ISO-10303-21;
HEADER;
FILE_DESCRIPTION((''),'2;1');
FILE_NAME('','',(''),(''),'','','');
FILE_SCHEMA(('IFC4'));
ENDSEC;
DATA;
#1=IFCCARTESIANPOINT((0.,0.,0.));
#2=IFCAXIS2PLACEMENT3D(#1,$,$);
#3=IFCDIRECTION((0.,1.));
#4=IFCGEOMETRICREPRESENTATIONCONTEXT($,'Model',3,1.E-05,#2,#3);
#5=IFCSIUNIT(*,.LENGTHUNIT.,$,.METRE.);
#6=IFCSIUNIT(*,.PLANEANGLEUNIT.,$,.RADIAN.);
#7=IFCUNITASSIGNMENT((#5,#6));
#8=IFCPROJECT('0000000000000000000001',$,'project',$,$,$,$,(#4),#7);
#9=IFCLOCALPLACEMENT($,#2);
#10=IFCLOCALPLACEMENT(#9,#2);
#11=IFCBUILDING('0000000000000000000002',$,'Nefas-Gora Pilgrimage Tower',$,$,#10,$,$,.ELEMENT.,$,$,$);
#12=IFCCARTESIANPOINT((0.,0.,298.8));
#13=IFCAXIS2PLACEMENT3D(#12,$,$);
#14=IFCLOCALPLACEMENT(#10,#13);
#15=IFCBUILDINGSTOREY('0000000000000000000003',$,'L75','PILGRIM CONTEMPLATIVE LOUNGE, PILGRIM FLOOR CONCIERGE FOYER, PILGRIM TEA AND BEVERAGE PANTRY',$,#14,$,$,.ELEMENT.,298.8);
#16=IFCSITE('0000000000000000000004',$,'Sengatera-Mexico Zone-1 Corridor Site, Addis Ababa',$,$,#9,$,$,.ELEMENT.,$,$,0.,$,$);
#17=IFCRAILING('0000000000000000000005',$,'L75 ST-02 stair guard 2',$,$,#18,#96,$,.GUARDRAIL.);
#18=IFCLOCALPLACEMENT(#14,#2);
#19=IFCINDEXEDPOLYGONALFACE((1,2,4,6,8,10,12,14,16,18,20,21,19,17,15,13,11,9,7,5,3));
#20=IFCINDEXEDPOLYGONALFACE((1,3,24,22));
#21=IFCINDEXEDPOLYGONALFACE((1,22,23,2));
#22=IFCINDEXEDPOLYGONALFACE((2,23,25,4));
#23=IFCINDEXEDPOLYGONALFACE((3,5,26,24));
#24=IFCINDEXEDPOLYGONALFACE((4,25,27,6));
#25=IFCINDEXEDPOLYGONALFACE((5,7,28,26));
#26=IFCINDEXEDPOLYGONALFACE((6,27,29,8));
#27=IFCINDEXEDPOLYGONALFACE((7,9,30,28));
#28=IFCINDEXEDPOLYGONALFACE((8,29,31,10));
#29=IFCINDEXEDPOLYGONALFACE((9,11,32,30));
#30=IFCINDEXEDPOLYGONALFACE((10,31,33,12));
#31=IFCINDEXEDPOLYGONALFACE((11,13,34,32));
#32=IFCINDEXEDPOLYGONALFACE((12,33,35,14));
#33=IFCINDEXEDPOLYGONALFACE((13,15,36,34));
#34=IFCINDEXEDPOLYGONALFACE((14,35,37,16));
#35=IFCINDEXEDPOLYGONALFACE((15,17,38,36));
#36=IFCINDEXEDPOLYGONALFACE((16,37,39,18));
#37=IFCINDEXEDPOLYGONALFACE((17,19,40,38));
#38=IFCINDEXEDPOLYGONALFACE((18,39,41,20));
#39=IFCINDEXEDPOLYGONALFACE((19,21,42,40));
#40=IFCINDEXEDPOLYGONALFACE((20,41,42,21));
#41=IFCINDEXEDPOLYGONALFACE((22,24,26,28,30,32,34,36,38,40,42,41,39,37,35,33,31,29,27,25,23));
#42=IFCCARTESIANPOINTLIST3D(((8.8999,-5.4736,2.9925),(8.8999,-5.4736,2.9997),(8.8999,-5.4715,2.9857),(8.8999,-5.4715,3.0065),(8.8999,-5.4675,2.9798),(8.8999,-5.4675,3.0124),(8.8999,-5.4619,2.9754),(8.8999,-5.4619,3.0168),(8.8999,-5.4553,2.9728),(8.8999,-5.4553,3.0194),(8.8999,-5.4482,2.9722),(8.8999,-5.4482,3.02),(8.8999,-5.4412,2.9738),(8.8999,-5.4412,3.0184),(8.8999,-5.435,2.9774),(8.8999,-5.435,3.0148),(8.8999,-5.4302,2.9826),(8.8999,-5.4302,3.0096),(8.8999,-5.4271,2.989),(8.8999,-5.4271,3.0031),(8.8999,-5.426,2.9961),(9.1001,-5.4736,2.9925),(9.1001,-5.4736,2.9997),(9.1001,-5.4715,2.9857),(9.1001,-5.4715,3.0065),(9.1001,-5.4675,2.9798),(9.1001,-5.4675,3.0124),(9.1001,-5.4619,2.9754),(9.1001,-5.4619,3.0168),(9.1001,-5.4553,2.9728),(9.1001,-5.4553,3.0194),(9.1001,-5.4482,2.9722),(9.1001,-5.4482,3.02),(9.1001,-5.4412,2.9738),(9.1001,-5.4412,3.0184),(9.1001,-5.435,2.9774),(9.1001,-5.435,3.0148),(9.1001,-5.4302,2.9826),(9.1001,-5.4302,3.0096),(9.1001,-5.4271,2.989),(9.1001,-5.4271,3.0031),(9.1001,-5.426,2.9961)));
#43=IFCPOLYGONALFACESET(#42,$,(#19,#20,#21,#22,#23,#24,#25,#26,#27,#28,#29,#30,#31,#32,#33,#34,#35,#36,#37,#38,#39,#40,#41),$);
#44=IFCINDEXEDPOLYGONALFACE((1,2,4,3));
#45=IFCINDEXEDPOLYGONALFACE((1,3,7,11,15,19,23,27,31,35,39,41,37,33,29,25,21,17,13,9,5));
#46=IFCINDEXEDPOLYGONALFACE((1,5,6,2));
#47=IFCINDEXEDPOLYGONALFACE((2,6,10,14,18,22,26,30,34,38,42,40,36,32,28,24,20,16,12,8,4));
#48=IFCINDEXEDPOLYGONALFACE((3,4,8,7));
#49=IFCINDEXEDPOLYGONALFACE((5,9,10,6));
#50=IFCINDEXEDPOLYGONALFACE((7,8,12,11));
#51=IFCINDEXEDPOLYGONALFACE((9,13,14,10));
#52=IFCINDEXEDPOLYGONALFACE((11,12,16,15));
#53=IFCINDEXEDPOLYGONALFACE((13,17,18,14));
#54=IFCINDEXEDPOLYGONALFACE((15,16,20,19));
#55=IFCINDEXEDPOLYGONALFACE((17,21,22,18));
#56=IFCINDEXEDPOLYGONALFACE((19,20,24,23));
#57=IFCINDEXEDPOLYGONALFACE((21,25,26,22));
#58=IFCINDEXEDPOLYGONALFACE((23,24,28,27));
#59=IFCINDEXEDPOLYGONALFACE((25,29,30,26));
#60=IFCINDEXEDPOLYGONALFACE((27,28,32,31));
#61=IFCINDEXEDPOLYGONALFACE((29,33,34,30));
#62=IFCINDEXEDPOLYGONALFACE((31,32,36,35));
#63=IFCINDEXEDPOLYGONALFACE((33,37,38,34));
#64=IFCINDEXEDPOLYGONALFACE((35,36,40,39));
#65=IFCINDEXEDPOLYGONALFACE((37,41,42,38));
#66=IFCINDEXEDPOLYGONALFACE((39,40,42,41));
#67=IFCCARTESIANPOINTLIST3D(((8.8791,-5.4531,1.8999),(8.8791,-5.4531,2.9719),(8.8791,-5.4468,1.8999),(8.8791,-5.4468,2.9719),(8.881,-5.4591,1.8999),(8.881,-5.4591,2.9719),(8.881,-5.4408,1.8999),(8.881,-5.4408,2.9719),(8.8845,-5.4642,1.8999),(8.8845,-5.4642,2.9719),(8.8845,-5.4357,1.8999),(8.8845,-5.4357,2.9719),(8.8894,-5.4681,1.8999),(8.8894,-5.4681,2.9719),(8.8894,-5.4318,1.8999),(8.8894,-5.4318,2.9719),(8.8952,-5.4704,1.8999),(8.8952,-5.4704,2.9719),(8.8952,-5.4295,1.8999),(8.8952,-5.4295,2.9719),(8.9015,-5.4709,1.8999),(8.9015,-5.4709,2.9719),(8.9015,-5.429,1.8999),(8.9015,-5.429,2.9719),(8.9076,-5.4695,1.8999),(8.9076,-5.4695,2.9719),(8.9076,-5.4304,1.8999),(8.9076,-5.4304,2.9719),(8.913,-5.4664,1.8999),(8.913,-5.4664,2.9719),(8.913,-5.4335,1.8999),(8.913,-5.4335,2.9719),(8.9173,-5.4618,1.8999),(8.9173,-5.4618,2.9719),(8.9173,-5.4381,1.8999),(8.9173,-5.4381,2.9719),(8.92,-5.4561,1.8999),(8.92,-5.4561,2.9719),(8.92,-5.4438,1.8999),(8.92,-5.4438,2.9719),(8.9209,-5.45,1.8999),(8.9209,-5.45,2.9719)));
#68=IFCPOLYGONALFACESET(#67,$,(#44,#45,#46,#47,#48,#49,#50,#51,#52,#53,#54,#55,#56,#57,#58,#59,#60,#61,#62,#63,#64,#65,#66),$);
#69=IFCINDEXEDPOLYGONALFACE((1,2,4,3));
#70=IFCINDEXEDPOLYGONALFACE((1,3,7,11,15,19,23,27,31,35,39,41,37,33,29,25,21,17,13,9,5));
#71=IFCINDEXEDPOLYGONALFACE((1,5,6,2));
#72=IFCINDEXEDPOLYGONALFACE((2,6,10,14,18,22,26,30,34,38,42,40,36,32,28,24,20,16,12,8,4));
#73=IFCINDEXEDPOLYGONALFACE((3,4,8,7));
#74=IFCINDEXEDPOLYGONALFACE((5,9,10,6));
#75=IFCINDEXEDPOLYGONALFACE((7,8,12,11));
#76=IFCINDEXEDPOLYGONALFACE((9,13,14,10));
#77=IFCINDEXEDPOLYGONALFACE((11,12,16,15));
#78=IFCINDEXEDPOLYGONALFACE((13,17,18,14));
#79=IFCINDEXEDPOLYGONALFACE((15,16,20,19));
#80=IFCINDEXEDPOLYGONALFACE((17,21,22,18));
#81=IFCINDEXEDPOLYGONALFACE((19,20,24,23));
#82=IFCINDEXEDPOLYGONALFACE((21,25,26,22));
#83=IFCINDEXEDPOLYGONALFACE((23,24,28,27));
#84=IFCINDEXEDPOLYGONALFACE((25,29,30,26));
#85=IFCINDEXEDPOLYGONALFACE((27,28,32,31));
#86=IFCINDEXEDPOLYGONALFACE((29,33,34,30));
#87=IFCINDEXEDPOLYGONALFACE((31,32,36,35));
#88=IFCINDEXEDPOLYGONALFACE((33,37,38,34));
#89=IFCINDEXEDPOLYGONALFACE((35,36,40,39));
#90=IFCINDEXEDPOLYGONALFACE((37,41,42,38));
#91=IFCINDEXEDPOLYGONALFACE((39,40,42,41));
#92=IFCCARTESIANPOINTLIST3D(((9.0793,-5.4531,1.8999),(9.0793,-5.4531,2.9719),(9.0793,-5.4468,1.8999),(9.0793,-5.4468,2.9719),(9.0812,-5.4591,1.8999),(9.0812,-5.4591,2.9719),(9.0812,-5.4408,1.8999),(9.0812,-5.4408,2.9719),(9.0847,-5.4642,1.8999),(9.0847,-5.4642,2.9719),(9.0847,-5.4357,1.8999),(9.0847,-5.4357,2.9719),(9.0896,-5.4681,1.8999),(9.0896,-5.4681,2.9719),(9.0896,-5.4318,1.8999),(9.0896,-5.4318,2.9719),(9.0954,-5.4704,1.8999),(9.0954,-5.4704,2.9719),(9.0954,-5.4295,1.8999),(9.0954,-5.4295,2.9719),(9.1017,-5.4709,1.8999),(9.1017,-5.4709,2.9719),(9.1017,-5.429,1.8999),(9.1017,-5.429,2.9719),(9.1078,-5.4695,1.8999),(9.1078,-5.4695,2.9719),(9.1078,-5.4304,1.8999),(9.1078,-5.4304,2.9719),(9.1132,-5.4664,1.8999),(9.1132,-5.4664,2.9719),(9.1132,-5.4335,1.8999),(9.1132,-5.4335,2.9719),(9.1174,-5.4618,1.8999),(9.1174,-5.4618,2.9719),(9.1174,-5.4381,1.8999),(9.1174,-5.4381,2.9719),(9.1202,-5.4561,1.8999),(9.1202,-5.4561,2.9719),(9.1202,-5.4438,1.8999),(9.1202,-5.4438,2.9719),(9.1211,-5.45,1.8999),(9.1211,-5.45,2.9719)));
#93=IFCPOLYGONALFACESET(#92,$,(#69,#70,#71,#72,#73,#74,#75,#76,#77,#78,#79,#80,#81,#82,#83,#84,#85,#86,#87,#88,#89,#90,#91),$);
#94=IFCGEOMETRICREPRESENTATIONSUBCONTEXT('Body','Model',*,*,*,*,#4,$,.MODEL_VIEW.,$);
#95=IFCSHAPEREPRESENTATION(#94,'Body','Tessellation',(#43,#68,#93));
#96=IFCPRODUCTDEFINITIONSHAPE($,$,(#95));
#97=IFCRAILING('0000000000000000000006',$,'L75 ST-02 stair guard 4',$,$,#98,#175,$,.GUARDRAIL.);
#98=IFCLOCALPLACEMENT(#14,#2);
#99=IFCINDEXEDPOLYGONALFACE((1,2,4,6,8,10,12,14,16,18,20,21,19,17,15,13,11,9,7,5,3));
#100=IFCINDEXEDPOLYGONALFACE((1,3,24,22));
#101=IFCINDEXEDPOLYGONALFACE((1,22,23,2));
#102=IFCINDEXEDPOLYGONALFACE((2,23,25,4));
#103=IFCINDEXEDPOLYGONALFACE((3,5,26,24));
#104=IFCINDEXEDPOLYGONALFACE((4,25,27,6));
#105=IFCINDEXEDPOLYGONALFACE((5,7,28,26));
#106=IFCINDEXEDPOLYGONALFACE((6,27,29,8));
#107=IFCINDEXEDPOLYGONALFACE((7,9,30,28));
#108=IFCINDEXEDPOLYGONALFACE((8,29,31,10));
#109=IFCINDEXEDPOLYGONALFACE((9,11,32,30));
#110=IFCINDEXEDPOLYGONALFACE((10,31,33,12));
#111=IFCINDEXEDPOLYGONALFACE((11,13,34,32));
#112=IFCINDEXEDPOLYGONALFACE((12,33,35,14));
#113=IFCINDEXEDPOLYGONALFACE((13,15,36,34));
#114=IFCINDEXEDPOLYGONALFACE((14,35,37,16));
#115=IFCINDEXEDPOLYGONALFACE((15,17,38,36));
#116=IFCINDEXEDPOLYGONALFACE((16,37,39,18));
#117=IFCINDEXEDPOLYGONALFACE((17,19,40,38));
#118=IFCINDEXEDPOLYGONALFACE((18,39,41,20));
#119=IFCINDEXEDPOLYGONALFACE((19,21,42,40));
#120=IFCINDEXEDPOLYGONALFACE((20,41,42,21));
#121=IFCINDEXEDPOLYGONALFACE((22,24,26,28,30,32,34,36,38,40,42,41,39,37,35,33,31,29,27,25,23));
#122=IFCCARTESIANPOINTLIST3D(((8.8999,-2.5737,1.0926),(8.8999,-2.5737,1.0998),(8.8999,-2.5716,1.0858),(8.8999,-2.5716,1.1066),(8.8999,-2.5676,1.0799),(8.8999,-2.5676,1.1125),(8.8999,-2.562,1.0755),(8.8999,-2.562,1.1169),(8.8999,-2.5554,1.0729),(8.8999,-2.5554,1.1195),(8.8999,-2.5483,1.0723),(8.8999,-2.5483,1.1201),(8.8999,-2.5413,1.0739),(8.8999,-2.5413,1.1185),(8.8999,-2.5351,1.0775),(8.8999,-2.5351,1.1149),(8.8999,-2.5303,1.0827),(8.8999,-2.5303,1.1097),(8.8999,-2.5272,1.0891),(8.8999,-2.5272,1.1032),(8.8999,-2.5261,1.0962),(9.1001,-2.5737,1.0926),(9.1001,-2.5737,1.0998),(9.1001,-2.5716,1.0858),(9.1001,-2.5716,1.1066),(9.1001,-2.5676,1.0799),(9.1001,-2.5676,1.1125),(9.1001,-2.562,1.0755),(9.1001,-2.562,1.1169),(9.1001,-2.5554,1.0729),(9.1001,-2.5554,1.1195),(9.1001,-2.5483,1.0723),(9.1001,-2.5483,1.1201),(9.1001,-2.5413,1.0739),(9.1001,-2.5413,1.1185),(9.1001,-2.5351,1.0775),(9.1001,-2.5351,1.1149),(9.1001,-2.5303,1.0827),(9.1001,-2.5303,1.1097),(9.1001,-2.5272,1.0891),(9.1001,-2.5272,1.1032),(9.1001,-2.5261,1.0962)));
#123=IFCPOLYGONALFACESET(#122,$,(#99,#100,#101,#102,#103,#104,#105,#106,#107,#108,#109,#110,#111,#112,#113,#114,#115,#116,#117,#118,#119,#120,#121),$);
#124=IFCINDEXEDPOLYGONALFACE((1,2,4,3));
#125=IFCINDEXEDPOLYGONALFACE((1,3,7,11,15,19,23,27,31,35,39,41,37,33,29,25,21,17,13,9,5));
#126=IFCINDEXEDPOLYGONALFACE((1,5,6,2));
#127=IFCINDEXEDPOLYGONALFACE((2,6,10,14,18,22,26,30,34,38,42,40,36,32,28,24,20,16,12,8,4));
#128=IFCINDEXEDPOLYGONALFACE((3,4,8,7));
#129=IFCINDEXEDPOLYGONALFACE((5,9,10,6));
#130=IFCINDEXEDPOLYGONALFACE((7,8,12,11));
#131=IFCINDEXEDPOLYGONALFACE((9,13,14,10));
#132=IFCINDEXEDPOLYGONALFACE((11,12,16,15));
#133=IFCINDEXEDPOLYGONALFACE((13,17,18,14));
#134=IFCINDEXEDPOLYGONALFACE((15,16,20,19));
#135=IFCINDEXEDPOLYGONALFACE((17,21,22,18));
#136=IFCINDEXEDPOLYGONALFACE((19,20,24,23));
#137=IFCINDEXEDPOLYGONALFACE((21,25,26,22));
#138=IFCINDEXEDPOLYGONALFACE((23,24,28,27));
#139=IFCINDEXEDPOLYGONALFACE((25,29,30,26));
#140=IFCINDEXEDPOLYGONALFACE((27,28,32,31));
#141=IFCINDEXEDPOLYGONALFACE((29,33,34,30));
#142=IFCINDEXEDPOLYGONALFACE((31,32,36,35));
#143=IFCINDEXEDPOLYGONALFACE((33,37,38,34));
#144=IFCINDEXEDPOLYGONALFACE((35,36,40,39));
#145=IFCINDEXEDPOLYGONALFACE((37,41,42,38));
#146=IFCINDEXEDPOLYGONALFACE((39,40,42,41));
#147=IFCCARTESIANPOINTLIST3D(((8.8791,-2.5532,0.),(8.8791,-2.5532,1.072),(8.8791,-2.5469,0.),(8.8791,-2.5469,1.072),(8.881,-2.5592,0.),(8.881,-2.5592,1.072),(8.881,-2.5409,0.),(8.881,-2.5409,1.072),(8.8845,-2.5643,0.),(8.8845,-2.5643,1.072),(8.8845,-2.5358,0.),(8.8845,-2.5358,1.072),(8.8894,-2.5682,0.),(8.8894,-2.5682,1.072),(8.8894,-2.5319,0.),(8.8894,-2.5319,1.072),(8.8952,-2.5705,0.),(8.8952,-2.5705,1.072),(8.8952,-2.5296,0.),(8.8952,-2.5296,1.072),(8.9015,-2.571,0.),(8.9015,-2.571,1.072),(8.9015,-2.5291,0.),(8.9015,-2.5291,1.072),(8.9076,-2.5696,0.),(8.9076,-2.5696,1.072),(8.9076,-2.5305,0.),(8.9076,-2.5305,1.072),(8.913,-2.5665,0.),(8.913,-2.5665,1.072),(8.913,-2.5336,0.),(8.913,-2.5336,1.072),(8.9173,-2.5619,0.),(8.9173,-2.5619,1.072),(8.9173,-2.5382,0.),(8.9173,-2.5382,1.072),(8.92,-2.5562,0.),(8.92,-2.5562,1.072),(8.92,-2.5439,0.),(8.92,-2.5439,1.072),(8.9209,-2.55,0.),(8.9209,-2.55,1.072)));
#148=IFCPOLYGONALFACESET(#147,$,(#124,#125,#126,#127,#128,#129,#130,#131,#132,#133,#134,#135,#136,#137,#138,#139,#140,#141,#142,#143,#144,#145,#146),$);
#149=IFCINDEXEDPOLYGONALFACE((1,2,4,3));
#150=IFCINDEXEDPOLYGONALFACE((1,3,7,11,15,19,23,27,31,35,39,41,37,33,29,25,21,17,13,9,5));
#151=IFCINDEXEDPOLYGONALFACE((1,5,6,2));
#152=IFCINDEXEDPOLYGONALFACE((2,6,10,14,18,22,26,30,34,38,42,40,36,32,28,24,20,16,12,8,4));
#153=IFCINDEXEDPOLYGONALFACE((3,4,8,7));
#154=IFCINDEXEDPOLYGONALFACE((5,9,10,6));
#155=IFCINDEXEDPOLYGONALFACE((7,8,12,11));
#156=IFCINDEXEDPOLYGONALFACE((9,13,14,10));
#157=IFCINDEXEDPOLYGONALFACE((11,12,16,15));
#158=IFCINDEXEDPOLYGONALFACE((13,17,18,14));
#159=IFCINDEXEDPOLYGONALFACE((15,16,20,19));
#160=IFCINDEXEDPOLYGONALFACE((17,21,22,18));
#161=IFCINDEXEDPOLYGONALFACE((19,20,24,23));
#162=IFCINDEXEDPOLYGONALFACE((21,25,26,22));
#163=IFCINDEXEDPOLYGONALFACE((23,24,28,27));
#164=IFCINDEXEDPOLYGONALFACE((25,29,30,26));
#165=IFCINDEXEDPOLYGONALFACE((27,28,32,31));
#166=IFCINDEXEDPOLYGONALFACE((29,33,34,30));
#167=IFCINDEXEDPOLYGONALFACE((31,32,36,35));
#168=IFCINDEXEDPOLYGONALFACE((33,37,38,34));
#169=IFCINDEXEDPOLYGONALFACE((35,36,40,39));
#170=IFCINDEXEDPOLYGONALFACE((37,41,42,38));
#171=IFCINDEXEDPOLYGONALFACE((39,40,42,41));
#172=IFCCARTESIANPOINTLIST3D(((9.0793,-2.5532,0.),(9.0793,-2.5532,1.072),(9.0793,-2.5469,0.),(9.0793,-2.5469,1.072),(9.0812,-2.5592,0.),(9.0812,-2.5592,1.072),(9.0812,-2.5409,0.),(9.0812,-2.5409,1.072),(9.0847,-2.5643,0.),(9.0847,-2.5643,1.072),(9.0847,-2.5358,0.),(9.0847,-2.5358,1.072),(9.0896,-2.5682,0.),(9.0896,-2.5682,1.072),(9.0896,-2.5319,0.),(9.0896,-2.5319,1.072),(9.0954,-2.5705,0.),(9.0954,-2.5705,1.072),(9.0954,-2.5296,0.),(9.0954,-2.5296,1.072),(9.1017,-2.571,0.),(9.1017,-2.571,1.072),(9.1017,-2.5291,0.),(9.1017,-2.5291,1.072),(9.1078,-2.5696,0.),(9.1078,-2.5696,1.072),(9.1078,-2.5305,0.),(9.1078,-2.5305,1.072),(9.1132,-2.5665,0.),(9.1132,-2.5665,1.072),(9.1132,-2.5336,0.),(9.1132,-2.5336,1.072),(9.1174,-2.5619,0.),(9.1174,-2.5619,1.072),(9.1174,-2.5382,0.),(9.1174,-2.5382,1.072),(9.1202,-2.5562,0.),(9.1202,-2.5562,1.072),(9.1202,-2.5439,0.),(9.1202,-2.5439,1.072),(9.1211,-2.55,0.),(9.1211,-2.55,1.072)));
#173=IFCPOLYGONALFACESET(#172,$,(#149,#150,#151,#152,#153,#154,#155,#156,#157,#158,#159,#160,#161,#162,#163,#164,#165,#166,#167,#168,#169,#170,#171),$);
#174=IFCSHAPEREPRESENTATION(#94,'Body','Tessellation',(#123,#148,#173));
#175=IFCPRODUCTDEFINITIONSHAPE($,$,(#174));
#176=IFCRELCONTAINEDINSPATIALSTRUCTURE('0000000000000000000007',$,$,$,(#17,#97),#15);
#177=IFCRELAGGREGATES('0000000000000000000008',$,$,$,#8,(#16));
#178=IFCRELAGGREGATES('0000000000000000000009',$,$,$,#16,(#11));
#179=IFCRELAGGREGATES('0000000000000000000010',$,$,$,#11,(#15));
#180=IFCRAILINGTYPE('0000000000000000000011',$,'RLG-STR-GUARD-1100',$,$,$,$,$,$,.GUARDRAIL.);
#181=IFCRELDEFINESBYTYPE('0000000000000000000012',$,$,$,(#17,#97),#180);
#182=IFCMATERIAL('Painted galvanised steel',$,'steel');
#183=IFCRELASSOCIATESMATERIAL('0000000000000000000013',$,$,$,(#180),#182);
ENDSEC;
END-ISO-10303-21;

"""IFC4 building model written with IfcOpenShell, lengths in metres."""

from ifc_helpers import new_model, si_unit, direction, frame, origin, origin_2d, place, context, subcontext, project, spatial, circle, extrude, material, type_object, element, save


model = new_model("IFC4")

# Units and contexts
model_context = context("Model", 3, precision=1e-05, world=origin(), true_north=direction((0.0, 1.0)))
body_context = subcontext(model_context, "Body", "Model", "MODEL_VIEW")
ifc_project = project(units=[si_unit("LENGTHUNIT", "METRE"), si_unit("PLANEANGLEUNIT", "RADIAN")], contexts=[model_context])

# Site, building, storey
site_placement = place(None, origin())
site = spatial("IfcSite", under=ifc_project, at=site_placement, Name="Sengatera-Mexico Zone-1 Corridor Site, Addis Ababa", CompositionType="ELEMENT", RefElevation=0.0)
building_placement = place(site_placement, origin())
building = spatial("IfcBuilding", under=site, at=building_placement, Name="Nefas-Gora Pilgrimage Tower", CompositionType="ELEMENT")
storey_placement = place(building_placement, frame((0.0, 0.0, 298.8)))
storey = spatial("IfcBuildingStorey", under=building, at=storey_placement, Name="L75", Description="PILGRIM CONTEMPLATIVE LOUNGE, PILGRIM FLOOR CONCIERGE FOYER, PILGRIM TEA AND BEVERAGE PANTRY", CompositionType="ELEMENT", Elevation=298.8)

# Railings
ifc_material_1 = material(Name="Painted galvanised steel", Category="steel")
railing_type_1 = type_object("IfcRailingType", Name="RLG-STR-GUARD-1100", PredefinedType="GUARDRAIL", material=ifc_material_1)
for number, where, name in (
    (1, (8.8999, -5.45, 1.8999), "L75 ST-02 stair guard 2"),
    (2, (8.8999, -2.55, 0.0), "L75 ST-02 stair guard 4"),
):
    element("IfcRailing", number, at=place(storey_placement, frame(where)), inside=storey, type_object=railing_type_1, Name=name, PredefinedType="GUARDRAIL", context=body_context, shape_type="SweptSolid", body=[
        extrude(circle(Radius=0.0239, at=origin_2d()), frame((0.0, 0.0, 1.0962), z_axis=(1.0, 0.0, 0.0), x_axis=(0.0, 1.0, 0.0)), (0.0, 0.0, 1.0), 0.2002),
        extrude(circle(Radius=0.021, at=origin_2d()), origin(), (0.0, 0.0, 1.0), 1.072),
        extrude(circle(Radius=0.021, at=origin_2d()), frame((0.2002, 0.0, 0.0)), (0.0, 0.0, 1.0), 1.072),
    ])

save(model, "model.ifc")
